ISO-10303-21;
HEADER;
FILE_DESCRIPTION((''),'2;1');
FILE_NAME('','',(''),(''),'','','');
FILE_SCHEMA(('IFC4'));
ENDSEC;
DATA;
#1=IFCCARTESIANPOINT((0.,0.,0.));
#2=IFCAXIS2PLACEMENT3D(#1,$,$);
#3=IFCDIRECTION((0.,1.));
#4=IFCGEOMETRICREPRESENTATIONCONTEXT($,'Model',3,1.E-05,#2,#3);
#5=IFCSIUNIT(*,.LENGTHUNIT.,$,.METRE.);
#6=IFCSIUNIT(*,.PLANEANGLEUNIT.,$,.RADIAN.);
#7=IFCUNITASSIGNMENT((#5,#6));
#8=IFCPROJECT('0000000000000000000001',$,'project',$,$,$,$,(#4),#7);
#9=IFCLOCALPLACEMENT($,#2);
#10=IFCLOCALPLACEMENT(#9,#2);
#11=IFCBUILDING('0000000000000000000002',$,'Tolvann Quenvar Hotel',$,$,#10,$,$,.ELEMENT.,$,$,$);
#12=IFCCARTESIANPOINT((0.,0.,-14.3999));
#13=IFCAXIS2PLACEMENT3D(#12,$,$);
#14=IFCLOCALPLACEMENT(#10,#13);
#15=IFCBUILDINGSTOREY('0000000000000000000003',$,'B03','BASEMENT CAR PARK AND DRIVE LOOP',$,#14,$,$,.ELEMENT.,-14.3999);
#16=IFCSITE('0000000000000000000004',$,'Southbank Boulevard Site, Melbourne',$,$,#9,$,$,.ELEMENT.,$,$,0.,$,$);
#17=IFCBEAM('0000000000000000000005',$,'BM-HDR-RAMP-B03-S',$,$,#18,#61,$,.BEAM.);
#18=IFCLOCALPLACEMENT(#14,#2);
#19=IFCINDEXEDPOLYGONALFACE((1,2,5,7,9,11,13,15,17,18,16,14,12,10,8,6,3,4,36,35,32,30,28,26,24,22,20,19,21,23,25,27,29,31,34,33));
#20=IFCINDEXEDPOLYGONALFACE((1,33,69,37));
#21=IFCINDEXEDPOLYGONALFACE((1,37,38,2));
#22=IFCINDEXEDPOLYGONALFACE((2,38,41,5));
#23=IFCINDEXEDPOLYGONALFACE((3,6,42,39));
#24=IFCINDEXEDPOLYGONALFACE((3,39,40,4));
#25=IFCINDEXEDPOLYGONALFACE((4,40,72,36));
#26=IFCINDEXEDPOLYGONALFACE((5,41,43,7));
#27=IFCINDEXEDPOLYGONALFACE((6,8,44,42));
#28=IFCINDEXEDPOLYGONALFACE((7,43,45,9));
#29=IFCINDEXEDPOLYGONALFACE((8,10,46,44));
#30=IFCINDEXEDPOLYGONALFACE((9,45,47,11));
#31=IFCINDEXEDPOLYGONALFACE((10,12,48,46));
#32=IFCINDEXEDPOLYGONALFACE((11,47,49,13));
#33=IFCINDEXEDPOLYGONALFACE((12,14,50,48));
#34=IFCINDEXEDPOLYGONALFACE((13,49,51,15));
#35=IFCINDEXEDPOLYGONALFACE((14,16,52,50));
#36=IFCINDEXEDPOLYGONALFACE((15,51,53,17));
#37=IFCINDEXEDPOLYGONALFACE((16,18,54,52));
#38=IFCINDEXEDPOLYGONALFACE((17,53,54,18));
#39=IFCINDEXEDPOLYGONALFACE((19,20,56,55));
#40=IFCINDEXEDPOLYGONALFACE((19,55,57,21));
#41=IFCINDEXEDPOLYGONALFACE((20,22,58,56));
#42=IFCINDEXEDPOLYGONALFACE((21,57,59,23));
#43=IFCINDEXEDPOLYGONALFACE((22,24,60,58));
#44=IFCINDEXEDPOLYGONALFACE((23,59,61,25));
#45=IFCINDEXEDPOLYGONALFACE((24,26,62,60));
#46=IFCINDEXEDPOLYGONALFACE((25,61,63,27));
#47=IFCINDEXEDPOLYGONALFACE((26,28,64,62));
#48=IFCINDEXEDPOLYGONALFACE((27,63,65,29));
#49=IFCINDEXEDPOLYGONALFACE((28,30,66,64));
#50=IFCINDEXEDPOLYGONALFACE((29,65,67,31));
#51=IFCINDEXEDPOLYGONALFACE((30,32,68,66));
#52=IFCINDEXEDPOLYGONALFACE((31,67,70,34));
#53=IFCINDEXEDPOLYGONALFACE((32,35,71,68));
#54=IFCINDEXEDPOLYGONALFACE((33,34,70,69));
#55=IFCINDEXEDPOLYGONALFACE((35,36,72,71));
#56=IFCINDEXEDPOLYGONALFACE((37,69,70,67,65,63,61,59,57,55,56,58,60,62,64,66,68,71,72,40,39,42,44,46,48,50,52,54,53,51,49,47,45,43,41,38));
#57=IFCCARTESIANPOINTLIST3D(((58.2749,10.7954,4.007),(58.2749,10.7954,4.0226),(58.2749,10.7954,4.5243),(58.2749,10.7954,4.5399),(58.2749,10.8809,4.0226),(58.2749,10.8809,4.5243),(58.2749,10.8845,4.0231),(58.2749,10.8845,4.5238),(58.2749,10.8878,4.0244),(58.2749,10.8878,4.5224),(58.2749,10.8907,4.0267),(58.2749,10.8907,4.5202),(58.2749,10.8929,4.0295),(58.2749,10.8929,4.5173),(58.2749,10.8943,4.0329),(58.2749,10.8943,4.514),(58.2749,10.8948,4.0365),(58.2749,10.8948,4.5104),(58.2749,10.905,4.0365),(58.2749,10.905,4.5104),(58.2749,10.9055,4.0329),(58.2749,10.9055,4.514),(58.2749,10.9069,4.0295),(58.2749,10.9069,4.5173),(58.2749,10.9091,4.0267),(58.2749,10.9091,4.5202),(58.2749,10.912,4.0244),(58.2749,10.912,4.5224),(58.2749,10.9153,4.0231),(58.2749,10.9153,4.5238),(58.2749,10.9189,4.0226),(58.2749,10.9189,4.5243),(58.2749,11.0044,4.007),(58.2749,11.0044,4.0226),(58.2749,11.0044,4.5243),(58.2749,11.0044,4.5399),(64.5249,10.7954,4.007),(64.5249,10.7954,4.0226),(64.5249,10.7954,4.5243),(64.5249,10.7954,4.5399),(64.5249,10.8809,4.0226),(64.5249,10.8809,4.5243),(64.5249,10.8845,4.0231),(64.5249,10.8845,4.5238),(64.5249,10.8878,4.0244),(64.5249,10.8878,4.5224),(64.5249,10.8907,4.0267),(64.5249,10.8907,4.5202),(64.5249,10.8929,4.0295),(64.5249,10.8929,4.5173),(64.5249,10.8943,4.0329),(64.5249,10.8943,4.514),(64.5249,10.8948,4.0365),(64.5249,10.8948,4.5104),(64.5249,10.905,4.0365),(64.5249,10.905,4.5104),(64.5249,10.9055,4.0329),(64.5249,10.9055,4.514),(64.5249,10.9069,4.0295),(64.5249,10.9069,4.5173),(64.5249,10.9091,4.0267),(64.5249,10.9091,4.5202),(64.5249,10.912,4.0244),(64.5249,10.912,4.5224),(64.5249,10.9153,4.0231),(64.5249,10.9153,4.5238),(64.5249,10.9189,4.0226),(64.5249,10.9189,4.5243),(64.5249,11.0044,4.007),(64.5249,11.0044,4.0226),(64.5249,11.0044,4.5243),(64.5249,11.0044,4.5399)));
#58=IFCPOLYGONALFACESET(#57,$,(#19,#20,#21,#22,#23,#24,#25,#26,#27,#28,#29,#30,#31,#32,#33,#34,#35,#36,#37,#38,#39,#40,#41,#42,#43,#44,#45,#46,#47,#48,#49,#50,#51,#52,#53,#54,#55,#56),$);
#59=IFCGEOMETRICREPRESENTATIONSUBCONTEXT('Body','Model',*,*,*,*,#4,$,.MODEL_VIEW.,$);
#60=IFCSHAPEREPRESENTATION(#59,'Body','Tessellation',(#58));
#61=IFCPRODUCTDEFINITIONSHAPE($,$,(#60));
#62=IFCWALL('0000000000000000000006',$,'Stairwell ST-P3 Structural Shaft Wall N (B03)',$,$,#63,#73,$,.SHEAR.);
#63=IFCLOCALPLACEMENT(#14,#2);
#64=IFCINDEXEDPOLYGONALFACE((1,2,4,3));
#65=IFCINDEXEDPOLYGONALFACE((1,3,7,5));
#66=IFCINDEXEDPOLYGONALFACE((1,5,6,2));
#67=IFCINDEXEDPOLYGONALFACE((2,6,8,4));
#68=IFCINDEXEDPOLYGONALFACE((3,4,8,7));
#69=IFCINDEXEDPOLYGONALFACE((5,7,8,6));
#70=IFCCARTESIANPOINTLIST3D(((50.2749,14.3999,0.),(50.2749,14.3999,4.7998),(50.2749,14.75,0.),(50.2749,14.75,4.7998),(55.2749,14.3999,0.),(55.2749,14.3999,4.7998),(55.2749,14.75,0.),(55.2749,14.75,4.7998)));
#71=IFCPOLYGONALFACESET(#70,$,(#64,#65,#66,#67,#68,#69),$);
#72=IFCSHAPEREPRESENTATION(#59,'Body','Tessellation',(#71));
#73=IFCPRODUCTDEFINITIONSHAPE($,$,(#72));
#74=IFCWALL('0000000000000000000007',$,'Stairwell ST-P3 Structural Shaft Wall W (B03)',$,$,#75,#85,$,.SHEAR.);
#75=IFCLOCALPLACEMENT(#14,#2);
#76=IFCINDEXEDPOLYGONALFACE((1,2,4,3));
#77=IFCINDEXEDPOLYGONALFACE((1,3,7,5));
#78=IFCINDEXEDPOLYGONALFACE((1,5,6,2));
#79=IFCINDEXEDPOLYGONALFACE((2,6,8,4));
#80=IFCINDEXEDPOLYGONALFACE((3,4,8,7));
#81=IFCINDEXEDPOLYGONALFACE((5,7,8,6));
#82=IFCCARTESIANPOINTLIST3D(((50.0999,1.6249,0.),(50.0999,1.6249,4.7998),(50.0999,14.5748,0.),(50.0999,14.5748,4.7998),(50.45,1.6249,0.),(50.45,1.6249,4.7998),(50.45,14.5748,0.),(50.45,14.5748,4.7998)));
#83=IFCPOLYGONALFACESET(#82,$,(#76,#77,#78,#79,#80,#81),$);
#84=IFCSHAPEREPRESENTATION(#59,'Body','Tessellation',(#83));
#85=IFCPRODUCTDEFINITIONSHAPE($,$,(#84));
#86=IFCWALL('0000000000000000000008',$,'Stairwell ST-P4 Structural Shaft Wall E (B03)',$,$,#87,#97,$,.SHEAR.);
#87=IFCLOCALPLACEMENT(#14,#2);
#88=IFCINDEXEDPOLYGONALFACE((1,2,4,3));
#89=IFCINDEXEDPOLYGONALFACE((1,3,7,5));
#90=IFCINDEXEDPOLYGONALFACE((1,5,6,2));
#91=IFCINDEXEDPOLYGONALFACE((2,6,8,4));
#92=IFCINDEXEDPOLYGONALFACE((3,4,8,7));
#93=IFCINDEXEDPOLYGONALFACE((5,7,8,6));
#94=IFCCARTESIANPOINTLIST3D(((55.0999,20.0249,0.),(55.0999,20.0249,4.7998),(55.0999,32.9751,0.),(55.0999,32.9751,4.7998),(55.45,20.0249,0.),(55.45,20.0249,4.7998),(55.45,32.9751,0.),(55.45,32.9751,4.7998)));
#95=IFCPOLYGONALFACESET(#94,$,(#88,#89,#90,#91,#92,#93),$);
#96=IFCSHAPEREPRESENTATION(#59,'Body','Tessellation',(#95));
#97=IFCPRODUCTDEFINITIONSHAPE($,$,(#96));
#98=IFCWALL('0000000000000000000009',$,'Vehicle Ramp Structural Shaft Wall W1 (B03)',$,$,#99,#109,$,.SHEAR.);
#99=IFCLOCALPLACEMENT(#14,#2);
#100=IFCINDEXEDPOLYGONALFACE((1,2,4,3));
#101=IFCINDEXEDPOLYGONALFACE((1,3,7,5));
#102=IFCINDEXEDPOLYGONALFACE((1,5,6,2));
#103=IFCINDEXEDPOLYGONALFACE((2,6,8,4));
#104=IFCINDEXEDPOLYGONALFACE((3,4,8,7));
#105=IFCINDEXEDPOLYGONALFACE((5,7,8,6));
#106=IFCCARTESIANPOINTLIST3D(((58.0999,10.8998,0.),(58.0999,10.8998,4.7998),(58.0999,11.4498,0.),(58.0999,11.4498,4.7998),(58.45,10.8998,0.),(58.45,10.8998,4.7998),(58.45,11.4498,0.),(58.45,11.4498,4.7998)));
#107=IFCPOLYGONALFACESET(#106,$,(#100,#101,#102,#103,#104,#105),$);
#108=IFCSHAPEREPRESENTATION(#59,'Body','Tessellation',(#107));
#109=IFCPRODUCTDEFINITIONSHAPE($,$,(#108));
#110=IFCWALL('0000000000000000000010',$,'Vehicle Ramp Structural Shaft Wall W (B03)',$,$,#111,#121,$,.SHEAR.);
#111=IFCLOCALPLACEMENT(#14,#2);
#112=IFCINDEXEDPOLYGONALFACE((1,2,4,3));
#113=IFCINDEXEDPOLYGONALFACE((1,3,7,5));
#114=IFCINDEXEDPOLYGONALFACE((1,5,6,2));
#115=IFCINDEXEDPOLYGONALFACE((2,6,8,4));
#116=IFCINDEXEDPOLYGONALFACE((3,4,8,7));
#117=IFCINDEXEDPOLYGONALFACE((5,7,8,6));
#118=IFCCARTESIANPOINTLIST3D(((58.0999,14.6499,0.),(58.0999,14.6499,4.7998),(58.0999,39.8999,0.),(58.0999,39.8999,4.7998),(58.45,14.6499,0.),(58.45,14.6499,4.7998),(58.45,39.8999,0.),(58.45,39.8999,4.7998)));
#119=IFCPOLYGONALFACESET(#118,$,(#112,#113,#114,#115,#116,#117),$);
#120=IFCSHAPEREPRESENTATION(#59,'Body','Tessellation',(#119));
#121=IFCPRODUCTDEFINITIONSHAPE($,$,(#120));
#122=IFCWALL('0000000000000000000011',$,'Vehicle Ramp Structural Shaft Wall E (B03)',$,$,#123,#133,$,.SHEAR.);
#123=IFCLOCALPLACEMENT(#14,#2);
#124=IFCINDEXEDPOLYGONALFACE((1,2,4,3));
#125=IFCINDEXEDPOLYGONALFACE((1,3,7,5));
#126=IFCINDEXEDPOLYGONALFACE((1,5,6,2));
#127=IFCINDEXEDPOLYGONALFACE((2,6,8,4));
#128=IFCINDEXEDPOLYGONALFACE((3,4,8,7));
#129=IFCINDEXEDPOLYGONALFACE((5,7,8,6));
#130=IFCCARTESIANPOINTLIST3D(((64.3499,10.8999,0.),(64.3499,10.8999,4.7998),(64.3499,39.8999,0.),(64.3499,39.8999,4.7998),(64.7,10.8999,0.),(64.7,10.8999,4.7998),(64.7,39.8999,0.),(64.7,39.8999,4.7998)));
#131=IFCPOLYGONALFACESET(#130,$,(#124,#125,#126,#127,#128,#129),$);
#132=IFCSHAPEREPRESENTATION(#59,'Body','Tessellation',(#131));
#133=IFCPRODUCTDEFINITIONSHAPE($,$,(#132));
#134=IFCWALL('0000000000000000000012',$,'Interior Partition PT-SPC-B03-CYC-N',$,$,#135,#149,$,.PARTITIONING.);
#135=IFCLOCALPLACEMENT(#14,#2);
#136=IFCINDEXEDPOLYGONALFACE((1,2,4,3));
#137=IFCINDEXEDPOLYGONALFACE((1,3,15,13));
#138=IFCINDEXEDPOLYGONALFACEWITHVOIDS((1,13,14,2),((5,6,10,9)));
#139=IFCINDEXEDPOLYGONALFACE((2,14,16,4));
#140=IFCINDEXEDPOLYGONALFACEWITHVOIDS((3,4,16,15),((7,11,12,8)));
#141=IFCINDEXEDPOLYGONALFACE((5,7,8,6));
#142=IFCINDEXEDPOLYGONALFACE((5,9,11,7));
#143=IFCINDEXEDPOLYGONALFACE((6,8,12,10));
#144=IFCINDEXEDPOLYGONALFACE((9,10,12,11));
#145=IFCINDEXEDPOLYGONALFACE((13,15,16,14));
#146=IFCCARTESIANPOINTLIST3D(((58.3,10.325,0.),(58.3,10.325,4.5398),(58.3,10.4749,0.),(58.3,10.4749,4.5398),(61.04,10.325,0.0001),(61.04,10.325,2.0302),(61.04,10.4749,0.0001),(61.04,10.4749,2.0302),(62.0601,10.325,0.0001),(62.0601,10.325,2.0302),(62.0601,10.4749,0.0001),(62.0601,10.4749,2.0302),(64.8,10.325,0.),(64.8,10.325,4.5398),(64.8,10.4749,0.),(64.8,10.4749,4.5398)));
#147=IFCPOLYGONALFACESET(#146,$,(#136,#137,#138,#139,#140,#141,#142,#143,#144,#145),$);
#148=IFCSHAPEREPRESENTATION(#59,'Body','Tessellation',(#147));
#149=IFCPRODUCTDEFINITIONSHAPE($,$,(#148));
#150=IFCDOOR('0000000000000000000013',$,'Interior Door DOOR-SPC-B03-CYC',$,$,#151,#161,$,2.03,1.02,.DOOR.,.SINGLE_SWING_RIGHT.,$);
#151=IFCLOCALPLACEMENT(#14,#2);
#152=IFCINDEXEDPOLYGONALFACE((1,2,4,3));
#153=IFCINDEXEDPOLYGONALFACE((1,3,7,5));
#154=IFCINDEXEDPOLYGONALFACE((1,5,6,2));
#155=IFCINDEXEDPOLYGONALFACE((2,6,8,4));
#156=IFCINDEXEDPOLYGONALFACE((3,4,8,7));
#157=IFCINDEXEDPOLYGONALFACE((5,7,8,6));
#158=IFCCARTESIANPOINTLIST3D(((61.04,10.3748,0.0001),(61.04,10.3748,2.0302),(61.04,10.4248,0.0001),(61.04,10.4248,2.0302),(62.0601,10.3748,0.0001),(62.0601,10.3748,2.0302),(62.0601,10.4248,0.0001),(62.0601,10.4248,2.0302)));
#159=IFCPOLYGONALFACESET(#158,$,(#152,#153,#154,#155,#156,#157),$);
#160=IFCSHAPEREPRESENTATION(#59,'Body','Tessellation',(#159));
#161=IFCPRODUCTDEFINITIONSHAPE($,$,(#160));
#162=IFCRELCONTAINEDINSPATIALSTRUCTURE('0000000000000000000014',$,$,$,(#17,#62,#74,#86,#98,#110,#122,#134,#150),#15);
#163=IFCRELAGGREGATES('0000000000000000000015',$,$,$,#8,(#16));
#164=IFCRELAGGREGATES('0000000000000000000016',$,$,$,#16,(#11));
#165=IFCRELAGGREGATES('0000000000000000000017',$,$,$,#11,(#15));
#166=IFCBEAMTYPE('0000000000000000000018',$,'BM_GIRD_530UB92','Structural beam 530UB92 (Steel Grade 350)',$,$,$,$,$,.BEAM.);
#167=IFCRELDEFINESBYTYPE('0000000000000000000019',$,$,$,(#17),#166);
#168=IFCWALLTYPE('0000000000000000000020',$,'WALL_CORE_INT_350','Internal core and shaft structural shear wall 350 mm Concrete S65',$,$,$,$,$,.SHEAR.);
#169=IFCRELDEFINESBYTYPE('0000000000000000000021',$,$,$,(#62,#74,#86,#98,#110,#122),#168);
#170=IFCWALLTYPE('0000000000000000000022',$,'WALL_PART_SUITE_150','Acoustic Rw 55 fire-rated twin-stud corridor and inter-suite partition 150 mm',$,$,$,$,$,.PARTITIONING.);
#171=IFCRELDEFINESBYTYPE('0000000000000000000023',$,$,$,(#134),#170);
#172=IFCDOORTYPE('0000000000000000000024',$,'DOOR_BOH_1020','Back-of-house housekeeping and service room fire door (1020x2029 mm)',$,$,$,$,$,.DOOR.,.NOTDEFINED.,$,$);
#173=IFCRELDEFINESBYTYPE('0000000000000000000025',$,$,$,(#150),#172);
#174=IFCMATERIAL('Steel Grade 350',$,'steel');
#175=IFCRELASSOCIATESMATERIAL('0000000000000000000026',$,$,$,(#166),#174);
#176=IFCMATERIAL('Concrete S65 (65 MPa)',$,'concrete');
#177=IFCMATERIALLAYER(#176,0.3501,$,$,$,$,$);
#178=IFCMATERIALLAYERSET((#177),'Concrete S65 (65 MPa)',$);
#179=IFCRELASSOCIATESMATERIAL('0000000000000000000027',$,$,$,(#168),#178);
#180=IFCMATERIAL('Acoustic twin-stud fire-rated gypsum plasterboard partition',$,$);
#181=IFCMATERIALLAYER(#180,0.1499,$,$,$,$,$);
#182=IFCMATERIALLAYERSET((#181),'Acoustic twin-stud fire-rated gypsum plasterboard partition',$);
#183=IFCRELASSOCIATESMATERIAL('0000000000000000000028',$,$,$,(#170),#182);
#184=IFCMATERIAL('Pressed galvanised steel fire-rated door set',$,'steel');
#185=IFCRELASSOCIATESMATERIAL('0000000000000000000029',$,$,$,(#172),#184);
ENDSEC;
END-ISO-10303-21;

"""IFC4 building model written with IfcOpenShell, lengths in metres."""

from ifc_helpers import new_model, si_unit, direction, frame, frame_2d, origin, origin_2d, place, context, subcontext, project, spatial, rectangle, i_section, extrude, source, transform, mapped, material, layer, layer_set, material_profile, profile_set, type_object, type_shapes, element, fill, save


model = new_model("IFC4")

# Units and contexts
model_context = context("Model", 3, precision=1e-05, world=origin(), true_north=direction((0.0, 1.0)))
body_context = subcontext(model_context, "Body", "Model", "MODEL_VIEW")
ifc_project = project(units=[si_unit("LENGTHUNIT", "METRE"), si_unit("PLANEANGLEUNIT", "RADIAN")], contexts=[model_context])

# Site, building, storey
site_placement = place(None, origin())
site = spatial("IfcSite", under=ifc_project, at=site_placement, Name="Southbank Boulevard Site, Melbourne", CompositionType="ELEMENT", RefElevation=0.0)
building_placement = place(site_placement, origin())
building = spatial("IfcBuilding", under=site, at=building_placement, Name="Tolvann Quenvar Hotel", CompositionType="ELEMENT")
storey_placement = place(building_placement, frame((0.0, 0.0, -14.3999)))
storey = spatial("IfcBuildingStorey", under=building, at=storey_placement, Name="B03", Description="BASEMENT CAR PARK AND DRIVE LOOP", CompositionType="ELEMENT", Elevation=-14.3999)

# Shared definitions
ifc_material_1 = material(Name="Concrete S65 (65 MPa)", Category="concrete")

# Beam
ifc_material_2 = material(Name="Steel Grade 350", Category="steel")
ifc_material_profile_1 = material_profile(ifc_material_2, i_section(OverallWidth=0.209, OverallDepth=0.533, WebThickness=0.0103, FlangeThickness=0.0156, FilletRadius=0.0139, at=origin_2d()), Name="530UB92")
ifc_profile_set_1 = profile_set([ifc_material_profile_1], Name="Steel Grade 350")
beam_type_1 = type_object("IfcBeamType", Name="BM_GIRD_530UB92", Description="Structural beam 530UB92 (Steel Grade 350)", PredefinedType="BEAM", material=ifc_profile_set_1)
shared_shape_1 = source(origin(), body_context, "Body", "SweptSolid", [
    extrude(i_section(OverallWidth=0.209, OverallDepth=0.533, WebThickness=0.0103, FlangeThickness=0.0156, FilletRadius=0.0139, at=origin_2d()), origin(), (0.0, 0.0, 1.0), 6.25),
])
type_shapes(beam_type_1, [shared_shape_1])
beam_1_placement = place(storey_placement, frame((58.2749, 10.8999, 4.2734), z_axis=(1.0, 0.0, 0.0), x_axis=(0.0, 1.0, 0.0)))
element("IfcBeam", 1, at=beam_1_placement, inside=storey, type_object=beam_type_1, Name="BM-HDR-RAMP-B03-S", PredefinedType="BEAM", context=body_context, shape_type="MappedRepresentation", body=[
    mapped(shared_shape_1, transform((0.0, 0.0, 0.0), x_axis=(1.0, 0.0, 0.0), y_axis=(0.0, 1.0, 0.0), z_axis=(0.0, 0.0, 1.0), scale=1.0)),
])

# Walls
ifc_layer_1 = layer(ifc_material_1, 0.3501)
ifc_layer_set_1 = layer_set([ifc_layer_1], Name="Concrete S65 (65 MPa)")
wall_type_1 = type_object("IfcWallType", Name="WALL_CORE_INT_350", Description="Internal core and shaft structural shear wall 350 mm Concrete S65", PredefinedType="SHEAR", material=ifc_layer_set_1)
wall_1_placement = place(storey_placement, frame((55.2749, 14.575, 0.0), z_axis=(0.0, 0.0, 1.0), x_axis=(-1.0, 0.0, 0.0)))
element("IfcWall", 2, at=wall_1_placement, inside=storey, type_object=wall_type_1, Name="Stairwell ST-P3 Structural Shaft Wall N (B03)", PredefinedType="SHEAR", context=body_context, shape_type="SweptSolid", body=[
    extrude(rectangle(XDim=5.0, YDim=0.3501, at=frame_2d((2.5, 0.0))), origin(), (0.0, 0.0, 1.0), 4.7998),
])
wall_2_placement = place(storey_placement, frame((50.2749, 14.575, 0.0), z_axis=(0.0, 0.0, 1.0), x_axis=(0.0, -1.0, 0.0)))
element("IfcWall", 3, at=wall_2_placement, inside=storey, type_object=wall_type_1, Name="Stairwell ST-P3 Structural Shaft Wall W (B03)", PredefinedType="SHEAR", context=body_context, shape_type="SweptSolid", body=[
    extrude(rectangle(XDim=12.95, YDim=0.3501, at=frame_2d((6.4751, 0.0))), origin(), (0.0, 0.0, 1.0), 4.7998),
])
wall_3_placement = place(storey_placement, frame((55.2749, 20.0249, 0.0), z_axis=(0.0, 0.0, 1.0), x_axis=(0.0, 1.0, 0.0)))
element("IfcWall", 4, at=wall_3_placement, inside=storey, type_object=wall_type_1, Name="Stairwell ST-P4 Structural Shaft Wall E (B03)", PredefinedType="SHEAR", context=body_context, shape_type="SweptSolid", body=[
    extrude(rectangle(XDim=12.9502, YDim=0.3501, at=frame_2d((6.4751, 0.0))), origin(), (0.0, 0.0, 1.0), 4.7998),
])
wall_4_placement = place(storey_placement, frame((58.2749, 10.8999, 0.0), z_axis=(0.0, 0.0, 1.0), x_axis=(0.0, 1.0, 0.0)))
element("IfcWall", 5, at=wall_4_placement, inside=storey, type_object=wall_type_1, Name="Vehicle Ramp Structural Shaft Wall W1 (B03)", PredefinedType="SHEAR", context=body_context, shape_type="SweptSolid", body=[
    extrude(rectangle(XDim=0.55, YDim=0.3501, at=frame_2d((0.2749, 0.0))), origin(), (0.0, 0.0, 1.0), 4.7998),
])
wall_5_placement = place(storey_placement, frame((58.2749, 14.6499, 0.0), z_axis=(0.0, 0.0, 1.0), x_axis=(0.0, 1.0, 0.0)))
element("IfcWall", 6, at=wall_5_placement, inside=storey, type_object=wall_type_1, Name="Vehicle Ramp Structural Shaft Wall W (B03)", PredefinedType="SHEAR", context=body_context, shape_type="SweptSolid", body=[
    extrude(rectangle(XDim=25.25, YDim=0.3501, at=frame_2d((12.625, 0.0))), origin(), (0.0, 0.0, 1.0), 4.7998),
])
wall_6_placement = place(storey_placement, frame((64.5249, 10.8999, 0.0), z_axis=(0.0, 0.0, 1.0), x_axis=(0.0, 1.0, 0.0)))
element("IfcWall", 7, at=wall_6_placement, inside=storey, type_object=wall_type_1, Name="Vehicle Ramp Structural Shaft Wall E (B03)", PredefinedType="SHEAR", context=body_context, shape_type="SweptSolid", body=[
    extrude(rectangle(XDim=29.0, YDim=0.3501, at=frame_2d((14.5, 0.0))), origin(), (0.0, 0.0, 1.0), 4.7998),
])

# Wall, opening, door
ifc_material_3 = material(Name="Acoustic twin-stud fire-rated gypsum plasterboard partition")
ifc_layer_2 = layer(ifc_material_3, 0.1499)
ifc_layer_set_2 = layer_set([ifc_layer_2], Name="Acoustic twin-stud fire-rated gypsum plasterboard partition")
wall_type_2 = type_object("IfcWallType", Name="WALL_PART_SUITE_150", Description="Acoustic Rw 55 fire-rated twin-stud corridor and inter-suite partition 150 mm", PredefinedType="PARTITIONING", material=ifc_layer_set_2)
wall_7_placement = place(storey_placement, frame((58.3, 10.3999, 0.0), z_axis=(0.0, 0.0, 1.0), x_axis=(1.0, 0.0, 0.0)))
wall_7 = element("IfcWall", 8, at=wall_7_placement, inside=storey, type_object=wall_type_2, Name="Interior Partition PT-SPC-B03-CYC-N", PredefinedType="PARTITIONING", context=body_context, shape_type="SweptSolid", body=[
    extrude(rectangle(XDim=6.5, YDim=0.1499, at=frame_2d((3.25, 0.0))), origin(), (0.0, 0.0, 1.0), 4.5398),
])
opening_placement = place(wall_7_placement, frame((2.74, 0.0, 0.0)))
opening = element("IfcOpeningElement", 9, at=opening_placement, cuts=wall_7, PredefinedType="OPENING", context=body_context, shape_type="SweptSolid", body=[
    extrude(rectangle(XDim=1.02, YDim=2.03, at=frame_2d((0.51, 1.0151))), frame((0.0, 0.085, 0.0), z_axis=(0.0, -1.0, 0.0), x_axis=(1.0, 0.0, 0.0)), (0.0, 0.0, 1.0), 0.1699),
])
ifc_material_4 = material(Name="Pressed galvanised steel fire-rated door set", Category="steel")
door_type = type_object("IfcDoorType", Name="DOOR_BOH_1020", Description="Back-of-house housekeeping and service room fire door (1020x2029 mm)", OperationType="NOTDEFINED", PredefinedType="DOOR", material=ifc_material_4)
shared_shape_2 = source(origin(), body_context, "Body", "SweptSolid", [
    extrude(rectangle(XDim=1.02, YDim=2.03, at=frame_2d((0.51, 1.0151))), frame((0.0, 0.0249, 0.0), z_axis=(0.0, -1.0, 0.0), x_axis=(1.0, 0.0, 0.0)), (0.0, 0.0, 1.0), 0.05),
])
type_shapes(door_type, [shared_shape_2])
door_placement = place(opening_placement, origin())
door = element("IfcDoor", 10, at=door_placement, inside=storey, type_object=door_type, Name="Interior Door DOOR-SPC-B03-CYC", OperationType="SINGLE_SWING_RIGHT", OverallHeight=2.03, OverallWidth=1.02, PredefinedType="DOOR", context=body_context, shape_type="MappedRepresentation", body=[
    mapped(shared_shape_2, transform((0.0, 0.0, 0.0), x_axis=(1.0, 0.0, 0.0), y_axis=(0.0, 1.0, 0.0), z_axis=(0.0, 0.0, 1.0), scale=1.0)),
])
fill(opening, door)

save(model, "model.ifc")
